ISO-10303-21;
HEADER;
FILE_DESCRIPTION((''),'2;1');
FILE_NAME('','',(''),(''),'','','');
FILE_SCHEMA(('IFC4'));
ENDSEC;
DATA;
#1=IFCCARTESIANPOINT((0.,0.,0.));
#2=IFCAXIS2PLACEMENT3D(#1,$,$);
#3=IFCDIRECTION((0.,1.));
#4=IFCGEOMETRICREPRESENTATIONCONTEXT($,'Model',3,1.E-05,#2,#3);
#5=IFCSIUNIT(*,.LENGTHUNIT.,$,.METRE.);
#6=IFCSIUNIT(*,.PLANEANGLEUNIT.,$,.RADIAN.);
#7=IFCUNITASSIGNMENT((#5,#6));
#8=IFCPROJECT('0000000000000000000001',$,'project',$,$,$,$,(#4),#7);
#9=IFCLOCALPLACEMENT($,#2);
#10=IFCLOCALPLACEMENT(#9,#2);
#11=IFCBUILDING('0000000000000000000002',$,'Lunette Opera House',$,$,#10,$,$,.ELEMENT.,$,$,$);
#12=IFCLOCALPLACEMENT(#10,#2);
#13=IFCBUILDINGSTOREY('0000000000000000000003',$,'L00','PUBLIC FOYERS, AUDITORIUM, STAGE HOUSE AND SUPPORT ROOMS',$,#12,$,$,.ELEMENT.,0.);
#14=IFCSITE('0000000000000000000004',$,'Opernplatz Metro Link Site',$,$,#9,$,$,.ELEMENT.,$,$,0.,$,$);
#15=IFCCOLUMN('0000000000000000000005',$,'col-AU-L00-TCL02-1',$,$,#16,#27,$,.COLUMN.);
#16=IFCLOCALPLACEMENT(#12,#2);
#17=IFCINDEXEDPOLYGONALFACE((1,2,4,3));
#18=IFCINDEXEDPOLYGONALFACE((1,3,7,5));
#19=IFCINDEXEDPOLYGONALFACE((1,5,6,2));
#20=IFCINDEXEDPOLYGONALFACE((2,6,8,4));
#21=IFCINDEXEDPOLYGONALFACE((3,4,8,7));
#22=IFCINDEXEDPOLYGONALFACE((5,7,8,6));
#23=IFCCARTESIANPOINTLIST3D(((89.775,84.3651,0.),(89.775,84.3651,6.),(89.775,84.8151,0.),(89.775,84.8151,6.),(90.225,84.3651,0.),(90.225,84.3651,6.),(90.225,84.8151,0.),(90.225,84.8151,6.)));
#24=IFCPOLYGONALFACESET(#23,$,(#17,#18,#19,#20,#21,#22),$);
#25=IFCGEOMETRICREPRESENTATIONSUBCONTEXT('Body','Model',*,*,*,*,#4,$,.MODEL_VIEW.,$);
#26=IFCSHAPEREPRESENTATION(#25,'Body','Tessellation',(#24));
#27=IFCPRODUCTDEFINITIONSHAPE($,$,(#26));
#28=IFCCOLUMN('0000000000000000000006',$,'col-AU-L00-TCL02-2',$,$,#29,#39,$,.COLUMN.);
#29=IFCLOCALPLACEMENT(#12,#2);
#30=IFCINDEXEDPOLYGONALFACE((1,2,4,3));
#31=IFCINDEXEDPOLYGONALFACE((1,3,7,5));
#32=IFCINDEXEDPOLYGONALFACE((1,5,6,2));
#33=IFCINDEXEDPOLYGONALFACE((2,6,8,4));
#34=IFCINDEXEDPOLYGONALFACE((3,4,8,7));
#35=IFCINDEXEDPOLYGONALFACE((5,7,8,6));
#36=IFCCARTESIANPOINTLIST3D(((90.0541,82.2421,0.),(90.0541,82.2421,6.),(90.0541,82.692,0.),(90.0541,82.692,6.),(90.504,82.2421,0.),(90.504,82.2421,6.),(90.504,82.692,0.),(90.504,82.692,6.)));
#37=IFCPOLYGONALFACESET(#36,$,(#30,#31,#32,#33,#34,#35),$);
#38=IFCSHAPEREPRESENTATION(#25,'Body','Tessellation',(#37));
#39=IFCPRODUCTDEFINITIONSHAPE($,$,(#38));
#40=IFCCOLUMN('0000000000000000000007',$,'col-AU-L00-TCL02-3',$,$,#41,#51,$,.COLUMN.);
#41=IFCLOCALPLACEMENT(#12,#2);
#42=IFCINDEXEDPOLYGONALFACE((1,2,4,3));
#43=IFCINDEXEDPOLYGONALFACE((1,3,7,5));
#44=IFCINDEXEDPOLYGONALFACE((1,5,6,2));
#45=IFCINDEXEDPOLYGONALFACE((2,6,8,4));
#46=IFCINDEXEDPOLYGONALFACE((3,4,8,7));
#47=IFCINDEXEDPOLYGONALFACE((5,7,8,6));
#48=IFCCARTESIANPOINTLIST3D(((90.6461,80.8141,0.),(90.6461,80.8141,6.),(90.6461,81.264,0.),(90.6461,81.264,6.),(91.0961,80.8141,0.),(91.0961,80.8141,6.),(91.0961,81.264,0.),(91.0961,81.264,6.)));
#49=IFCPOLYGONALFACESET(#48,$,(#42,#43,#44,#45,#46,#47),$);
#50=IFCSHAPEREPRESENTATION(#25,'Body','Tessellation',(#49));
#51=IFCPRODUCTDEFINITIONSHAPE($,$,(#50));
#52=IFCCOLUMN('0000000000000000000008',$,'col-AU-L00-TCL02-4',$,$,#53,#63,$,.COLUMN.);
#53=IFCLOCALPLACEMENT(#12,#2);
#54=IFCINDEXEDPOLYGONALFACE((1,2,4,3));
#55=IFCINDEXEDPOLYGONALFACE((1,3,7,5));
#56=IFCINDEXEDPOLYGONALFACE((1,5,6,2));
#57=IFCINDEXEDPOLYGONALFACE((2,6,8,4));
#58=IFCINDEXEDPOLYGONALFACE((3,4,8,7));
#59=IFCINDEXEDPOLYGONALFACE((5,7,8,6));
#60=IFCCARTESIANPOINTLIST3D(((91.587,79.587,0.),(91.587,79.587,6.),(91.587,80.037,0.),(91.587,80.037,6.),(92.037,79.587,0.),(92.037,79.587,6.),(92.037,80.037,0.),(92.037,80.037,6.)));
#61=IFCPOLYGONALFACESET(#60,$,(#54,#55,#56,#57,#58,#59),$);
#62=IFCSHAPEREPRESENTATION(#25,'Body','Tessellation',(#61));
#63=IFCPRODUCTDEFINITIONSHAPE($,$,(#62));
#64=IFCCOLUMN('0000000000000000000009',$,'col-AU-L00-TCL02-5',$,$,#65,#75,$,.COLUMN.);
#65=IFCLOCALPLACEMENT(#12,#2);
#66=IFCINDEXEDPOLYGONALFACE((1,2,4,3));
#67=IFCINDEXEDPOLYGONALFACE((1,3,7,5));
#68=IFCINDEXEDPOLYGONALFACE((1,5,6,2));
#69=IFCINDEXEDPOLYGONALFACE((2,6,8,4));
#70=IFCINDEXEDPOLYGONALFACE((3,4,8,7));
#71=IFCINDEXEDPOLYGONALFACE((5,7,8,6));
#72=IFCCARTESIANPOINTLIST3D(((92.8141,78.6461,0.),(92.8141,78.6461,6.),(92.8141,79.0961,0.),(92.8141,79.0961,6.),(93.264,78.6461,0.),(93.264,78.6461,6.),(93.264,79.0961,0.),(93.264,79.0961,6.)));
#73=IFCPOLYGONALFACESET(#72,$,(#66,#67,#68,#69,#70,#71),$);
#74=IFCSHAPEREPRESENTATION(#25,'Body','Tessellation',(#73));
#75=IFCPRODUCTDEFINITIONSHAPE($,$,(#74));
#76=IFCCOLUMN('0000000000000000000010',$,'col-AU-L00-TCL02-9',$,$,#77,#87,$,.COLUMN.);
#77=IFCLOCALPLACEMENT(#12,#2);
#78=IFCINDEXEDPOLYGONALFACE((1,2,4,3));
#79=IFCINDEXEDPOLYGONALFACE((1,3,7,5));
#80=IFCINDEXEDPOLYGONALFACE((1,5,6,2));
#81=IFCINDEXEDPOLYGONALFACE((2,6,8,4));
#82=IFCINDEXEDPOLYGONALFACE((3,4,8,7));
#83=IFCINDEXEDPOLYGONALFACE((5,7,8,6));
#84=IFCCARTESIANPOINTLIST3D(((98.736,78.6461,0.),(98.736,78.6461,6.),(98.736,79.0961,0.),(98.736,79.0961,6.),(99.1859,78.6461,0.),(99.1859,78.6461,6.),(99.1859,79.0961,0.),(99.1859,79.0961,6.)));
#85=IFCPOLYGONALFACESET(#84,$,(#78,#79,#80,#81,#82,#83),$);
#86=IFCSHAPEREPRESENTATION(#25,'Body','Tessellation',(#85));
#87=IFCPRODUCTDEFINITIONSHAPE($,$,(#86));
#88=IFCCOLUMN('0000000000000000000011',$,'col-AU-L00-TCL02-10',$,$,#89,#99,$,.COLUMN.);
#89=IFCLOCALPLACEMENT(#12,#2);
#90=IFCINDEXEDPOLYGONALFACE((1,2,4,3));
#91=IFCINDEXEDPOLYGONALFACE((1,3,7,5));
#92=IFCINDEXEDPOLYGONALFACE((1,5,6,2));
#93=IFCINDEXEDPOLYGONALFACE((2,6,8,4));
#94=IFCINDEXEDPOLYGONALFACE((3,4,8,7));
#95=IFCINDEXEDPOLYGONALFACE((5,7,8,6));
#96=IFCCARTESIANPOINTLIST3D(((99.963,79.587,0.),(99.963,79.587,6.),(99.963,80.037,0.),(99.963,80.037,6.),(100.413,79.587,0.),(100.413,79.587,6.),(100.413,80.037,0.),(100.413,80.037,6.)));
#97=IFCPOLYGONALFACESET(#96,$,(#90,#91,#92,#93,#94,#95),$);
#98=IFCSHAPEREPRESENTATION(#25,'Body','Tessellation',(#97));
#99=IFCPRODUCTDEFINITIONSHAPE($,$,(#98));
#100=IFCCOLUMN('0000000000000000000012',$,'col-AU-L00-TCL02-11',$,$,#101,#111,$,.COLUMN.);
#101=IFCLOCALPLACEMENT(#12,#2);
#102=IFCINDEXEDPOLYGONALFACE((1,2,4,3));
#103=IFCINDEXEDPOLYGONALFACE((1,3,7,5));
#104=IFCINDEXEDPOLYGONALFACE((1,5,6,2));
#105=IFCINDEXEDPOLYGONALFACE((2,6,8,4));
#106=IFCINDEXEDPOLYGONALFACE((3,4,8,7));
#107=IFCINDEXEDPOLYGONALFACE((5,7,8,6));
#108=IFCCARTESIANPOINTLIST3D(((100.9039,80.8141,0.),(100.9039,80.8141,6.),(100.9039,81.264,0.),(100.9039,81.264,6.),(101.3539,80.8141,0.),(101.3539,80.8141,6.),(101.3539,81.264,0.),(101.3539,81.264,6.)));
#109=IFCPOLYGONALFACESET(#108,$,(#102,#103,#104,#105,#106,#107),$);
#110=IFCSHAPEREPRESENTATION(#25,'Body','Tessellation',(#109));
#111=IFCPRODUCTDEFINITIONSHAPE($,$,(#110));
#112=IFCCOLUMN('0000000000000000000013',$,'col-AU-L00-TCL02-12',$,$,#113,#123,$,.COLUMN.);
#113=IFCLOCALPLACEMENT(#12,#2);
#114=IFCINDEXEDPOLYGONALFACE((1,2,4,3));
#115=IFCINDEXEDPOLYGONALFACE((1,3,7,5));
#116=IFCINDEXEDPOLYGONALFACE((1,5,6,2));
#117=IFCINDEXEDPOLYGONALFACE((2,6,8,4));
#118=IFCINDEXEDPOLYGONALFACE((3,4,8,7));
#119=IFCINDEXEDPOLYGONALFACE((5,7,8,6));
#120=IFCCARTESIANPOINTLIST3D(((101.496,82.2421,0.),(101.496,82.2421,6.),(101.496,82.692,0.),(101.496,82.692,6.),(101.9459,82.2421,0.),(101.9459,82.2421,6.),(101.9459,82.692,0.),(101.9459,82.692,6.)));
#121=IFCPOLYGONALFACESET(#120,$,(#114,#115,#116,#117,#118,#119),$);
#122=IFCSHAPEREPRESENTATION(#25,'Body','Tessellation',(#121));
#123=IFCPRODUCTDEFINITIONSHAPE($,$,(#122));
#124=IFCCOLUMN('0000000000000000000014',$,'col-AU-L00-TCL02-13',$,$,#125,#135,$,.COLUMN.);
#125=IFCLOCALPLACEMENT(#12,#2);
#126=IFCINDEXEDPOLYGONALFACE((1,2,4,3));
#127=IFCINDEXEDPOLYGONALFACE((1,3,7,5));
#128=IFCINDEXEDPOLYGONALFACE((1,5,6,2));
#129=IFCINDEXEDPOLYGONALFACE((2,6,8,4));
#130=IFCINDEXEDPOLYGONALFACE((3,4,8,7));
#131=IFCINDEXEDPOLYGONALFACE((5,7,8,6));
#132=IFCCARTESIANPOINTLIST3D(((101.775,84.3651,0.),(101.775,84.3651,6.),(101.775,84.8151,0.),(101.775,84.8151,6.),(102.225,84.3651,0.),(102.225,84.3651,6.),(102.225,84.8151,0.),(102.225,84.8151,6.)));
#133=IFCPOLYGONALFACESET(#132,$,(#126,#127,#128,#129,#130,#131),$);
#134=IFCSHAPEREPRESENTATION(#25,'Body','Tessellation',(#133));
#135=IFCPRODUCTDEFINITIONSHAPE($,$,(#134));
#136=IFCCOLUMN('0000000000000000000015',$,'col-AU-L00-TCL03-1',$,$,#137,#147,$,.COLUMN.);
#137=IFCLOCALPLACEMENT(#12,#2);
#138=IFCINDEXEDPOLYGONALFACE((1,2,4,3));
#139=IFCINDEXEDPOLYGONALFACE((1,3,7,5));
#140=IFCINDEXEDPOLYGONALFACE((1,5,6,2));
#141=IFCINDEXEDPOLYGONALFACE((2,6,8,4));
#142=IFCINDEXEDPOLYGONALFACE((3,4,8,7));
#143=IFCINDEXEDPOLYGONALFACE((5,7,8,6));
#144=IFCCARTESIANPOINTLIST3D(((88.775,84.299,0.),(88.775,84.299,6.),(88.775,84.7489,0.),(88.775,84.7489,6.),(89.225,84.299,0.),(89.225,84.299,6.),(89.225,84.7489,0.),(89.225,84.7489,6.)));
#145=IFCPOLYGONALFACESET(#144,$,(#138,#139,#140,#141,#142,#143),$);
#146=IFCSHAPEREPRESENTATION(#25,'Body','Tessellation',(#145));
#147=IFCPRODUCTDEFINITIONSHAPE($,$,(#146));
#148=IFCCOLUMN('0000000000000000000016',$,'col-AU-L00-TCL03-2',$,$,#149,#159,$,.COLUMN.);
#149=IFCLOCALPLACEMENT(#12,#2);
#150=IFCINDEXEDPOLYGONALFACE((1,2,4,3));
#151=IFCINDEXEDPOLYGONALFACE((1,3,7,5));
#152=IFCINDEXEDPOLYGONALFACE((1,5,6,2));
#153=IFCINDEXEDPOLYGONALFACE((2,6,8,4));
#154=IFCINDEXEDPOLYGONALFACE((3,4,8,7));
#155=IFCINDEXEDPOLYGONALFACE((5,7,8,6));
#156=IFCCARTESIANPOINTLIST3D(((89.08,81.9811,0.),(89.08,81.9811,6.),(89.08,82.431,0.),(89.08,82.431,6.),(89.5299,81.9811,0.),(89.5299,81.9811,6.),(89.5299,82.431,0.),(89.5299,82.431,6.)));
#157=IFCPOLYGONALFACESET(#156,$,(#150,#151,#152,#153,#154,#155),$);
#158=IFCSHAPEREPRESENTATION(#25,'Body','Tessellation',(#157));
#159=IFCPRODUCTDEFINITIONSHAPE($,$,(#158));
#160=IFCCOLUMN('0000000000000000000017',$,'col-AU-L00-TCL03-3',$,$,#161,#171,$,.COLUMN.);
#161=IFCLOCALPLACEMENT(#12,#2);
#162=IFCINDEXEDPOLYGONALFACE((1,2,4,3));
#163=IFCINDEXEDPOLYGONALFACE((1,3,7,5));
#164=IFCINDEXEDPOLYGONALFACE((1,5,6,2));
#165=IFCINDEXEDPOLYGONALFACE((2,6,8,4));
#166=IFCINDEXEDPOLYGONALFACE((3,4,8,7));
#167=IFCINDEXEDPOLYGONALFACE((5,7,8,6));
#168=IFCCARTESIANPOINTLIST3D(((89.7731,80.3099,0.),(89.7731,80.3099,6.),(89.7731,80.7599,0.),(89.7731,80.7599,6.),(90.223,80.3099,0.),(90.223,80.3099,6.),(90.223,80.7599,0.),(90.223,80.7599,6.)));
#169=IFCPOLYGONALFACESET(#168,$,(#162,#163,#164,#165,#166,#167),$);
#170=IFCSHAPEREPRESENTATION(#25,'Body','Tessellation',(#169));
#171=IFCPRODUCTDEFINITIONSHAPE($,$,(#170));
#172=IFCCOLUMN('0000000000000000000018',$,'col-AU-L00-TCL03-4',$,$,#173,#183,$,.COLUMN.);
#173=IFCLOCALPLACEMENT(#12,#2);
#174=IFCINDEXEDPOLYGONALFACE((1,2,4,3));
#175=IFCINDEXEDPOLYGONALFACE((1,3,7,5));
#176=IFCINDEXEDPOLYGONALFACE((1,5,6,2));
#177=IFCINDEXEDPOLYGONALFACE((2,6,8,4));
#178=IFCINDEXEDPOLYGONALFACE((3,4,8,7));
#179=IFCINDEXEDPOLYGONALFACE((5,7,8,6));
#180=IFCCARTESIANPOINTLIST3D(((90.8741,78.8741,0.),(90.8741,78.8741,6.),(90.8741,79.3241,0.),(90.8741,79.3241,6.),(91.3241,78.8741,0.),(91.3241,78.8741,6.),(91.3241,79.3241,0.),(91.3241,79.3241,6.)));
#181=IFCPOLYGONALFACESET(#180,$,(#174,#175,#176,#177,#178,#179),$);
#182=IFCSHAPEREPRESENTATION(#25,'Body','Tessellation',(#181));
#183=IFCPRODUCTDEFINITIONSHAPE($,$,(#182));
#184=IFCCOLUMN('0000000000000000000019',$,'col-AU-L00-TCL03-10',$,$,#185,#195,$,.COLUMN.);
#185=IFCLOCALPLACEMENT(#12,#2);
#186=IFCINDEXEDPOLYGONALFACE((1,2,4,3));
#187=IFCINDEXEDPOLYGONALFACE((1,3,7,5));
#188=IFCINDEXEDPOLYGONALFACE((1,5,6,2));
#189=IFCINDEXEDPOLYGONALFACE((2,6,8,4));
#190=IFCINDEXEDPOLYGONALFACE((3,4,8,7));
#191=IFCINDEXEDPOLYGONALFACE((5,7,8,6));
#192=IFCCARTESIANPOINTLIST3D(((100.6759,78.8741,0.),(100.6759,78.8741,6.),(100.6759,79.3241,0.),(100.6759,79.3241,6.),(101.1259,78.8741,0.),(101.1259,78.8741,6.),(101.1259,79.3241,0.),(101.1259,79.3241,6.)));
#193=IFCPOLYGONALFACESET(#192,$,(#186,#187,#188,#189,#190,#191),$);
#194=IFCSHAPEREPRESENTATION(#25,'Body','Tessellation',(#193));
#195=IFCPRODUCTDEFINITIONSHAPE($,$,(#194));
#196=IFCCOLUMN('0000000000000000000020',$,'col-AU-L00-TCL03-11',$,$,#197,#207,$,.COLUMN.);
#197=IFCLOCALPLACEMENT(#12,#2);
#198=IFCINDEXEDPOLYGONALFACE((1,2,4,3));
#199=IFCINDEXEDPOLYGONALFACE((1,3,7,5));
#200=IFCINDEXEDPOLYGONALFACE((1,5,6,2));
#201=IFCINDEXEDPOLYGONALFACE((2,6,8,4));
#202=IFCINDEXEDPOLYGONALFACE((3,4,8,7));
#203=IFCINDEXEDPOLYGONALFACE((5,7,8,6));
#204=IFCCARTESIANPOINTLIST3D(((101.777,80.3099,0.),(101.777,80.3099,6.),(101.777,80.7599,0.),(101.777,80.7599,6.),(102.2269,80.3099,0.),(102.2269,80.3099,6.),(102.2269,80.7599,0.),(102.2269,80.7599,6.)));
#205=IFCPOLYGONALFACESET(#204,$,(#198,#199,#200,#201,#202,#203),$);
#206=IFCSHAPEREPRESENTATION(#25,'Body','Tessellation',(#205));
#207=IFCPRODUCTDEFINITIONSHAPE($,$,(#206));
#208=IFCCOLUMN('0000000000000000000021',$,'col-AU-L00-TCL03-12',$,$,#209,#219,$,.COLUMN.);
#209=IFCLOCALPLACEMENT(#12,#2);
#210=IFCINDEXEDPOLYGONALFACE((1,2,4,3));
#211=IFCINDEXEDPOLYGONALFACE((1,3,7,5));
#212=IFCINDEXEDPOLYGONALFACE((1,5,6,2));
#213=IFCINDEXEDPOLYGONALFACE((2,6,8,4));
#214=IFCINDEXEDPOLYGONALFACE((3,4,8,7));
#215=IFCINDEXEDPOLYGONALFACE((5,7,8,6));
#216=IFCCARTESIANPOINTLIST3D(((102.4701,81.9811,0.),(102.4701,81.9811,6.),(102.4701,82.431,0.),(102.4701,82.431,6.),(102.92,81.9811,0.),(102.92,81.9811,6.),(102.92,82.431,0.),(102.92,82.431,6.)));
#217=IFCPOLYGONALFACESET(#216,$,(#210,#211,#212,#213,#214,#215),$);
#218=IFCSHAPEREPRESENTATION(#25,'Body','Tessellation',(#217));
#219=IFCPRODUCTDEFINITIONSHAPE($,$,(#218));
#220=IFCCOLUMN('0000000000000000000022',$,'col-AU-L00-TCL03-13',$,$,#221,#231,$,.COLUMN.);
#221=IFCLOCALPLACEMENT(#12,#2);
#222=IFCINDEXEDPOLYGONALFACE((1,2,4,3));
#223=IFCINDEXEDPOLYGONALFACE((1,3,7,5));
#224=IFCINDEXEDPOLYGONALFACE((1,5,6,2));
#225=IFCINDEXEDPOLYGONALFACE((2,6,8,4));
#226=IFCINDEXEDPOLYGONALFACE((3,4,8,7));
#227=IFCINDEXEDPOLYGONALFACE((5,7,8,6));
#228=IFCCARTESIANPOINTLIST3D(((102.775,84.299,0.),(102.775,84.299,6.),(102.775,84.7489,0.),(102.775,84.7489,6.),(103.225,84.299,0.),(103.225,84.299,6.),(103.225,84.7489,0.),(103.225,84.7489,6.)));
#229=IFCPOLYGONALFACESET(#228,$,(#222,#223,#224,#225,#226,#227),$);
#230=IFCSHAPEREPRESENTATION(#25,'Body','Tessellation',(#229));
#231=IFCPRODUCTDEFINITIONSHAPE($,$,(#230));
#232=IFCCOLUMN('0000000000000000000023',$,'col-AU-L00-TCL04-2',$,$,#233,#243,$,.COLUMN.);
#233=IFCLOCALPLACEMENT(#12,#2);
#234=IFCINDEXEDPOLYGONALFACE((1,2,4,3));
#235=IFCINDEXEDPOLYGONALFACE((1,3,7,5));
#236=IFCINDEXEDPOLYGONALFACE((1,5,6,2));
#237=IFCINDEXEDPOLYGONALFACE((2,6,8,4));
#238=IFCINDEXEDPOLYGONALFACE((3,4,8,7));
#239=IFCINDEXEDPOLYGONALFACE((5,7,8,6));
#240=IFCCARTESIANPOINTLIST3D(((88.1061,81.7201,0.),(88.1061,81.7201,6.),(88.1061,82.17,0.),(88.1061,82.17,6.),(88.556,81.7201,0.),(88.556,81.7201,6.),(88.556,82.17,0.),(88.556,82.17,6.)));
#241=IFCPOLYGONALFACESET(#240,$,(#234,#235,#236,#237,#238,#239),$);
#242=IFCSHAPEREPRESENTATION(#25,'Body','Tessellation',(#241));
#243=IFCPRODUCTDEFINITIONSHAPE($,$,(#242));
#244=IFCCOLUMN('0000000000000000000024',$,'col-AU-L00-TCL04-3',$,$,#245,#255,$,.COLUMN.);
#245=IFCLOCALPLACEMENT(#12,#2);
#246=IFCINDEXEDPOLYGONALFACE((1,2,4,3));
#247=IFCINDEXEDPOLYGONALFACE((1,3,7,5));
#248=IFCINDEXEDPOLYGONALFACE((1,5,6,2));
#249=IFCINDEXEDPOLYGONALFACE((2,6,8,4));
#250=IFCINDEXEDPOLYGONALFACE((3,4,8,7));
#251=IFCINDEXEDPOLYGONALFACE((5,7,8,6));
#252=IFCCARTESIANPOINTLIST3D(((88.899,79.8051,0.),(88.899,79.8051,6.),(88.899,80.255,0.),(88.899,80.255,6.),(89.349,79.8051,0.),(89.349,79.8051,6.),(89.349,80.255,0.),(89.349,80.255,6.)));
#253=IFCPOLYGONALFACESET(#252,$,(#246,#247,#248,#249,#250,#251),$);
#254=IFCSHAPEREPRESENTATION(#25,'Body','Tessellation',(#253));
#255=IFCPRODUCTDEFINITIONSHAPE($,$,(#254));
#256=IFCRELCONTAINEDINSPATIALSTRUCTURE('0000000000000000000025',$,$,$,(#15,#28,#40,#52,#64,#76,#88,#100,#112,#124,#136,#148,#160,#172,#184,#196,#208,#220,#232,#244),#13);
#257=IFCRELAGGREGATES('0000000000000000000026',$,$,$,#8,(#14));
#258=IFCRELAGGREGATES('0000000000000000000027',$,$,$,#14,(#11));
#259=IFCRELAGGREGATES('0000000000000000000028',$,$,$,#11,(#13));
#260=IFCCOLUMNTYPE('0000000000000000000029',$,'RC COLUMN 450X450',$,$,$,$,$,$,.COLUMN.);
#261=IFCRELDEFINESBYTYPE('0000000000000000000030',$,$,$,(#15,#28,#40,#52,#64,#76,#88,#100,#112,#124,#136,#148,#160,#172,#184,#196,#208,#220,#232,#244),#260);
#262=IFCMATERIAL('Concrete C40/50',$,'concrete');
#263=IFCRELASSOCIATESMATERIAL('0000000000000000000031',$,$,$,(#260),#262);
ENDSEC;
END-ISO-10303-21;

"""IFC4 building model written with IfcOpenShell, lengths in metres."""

from ifc_helpers import new_model, si_unit, direction, frame, origin, origin_2d, place, context, subcontext, project, spatial, rectangle, extrude, material, material_profile, profile_set, type_object, element, save


model = new_model("IFC4")

# Units and contexts
model_context = context("Model", 3, precision=1e-05, world=origin(), true_north=direction((0.0, 1.0)))
body_context = subcontext(model_context, "Body", "Model", "MODEL_VIEW")
ifc_project = project(units=[si_unit("LENGTHUNIT", "METRE"), si_unit("PLANEANGLEUNIT", "RADIAN")], contexts=[model_context])

# Site, building, storey
site_placement = place(None, origin())
site = spatial("IfcSite", under=ifc_project, at=site_placement, Name="Opernplatz Metro Link Site", CompositionType="ELEMENT", RefElevation=0.0)
building_placement = place(site_placement, origin())
building = spatial("IfcBuilding", under=site, at=building_placement, Name="Lunette Opera House", CompositionType="ELEMENT")
storey_placement = place(building_placement, origin())
storey = spatial("IfcBuildingStorey", under=building, at=storey_placement, Name="L00", Description="PUBLIC FOYERS, AUDITORIUM, STAGE HOUSE AND SUPPORT ROOMS", CompositionType="ELEMENT", Elevation=0.0)

# Columns
ifc_material_1 = material(Name="Concrete C40/50", Category="concrete")
ifc_material_profile_1 = material_profile(ifc_material_1, rectangle(XDim=0.45, YDim=0.45, at=origin_2d()), Name="RC COLUMN 450X450")
ifc_profile_set_1 = profile_set([ifc_material_profile_1], Name="Concrete C40/50")
column_type = type_object("IfcColumnType", Name="RC COLUMN 450X450", PredefinedType="COLUMN", material=ifc_profile_set_1)
for number, where, z_axis, x_axis, name in (
    (1, (90.0, 84.5901, 0.0), (0.0, 0.0, 1.0), (1.0, 0.0, 0.0), "col-AU-L00-TCL02-1"),
    (2, (90.2791, 82.467, 0.0), (0.0, 0.0, 1.0), (1.0, 0.0, 0.0), "col-AU-L00-TCL02-2"),
    (3, (90.8711, 81.0391, 0.0), (0.0, 0.0, 1.0), (1.0, 0.0, 0.0), "col-AU-L00-TCL02-3"),
    (4, (91.812, 79.812, 0.0), (0.0, 0.0, 1.0), (1.0, 0.0, 0.0), "col-AU-L00-TCL02-4"),
    (5, (93.0391, 78.8711, 0.0), (0.0, 0.0, 1.0), (1.0, 0.0, 0.0), "col-AU-L00-TCL02-5"),
    (6, (98.9609, 78.8711, 0.0), (0.0, 0.0, 1.0), (1.0, 0.0, 0.0), "col-AU-L00-TCL02-9"),
    (7, (100.188, 79.812, 0.0), (0.0, 0.0, 1.0), (1.0, 0.0, 0.0), "col-AU-L00-TCL02-10"),
    (8, (101.1289, 81.0391, 0.0), (0.0, 0.0, 1.0), (1.0, 0.0, 0.0), "col-AU-L00-TCL02-11"),
    (9, (101.7209, 82.467, 0.0), (0.0, 0.0, 1.0), (1.0, 0.0, 0.0), "col-AU-L00-TCL02-12"),
    (10, (102.0, 84.5901, 0.0), (0.0, 0.0, 1.0), (1.0, 0.0, 0.0), "col-AU-L00-TCL02-13"),
    (11, (89.0, 84.5239, 0.0), (0.0, 0.0, 1.0), (1.0, 0.0, 0.0), "col-AU-L00-TCL03-1"),
    (12, (89.3049, 82.2061, 0.0), (0.0, 0.0, 1.0), (1.0, 0.0, 0.0), "col-AU-L00-TCL03-2"),
    (13, (89.998, 80.5349, 0.0), (0.0, 0.0, 1.0), (1.0, 0.0, 0.0), "col-AU-L00-TCL03-3"),
    (14, (91.0991, 79.0991, 0.0), (0.0, 0.0, 1.0), (1.0, 0.0, 0.0), "col-AU-L00-TCL03-4"),
    (15, (100.9009, 79.0991, 0.0), (0.0, 0.0, 1.0), (1.0, 0.0, 0.0), "col-AU-L00-TCL03-10"),
    (16, (102.002, 80.5349, 0.0), (0.0, 0.0, 1.0), (1.0, 0.0, 0.0), "col-AU-L00-TCL03-11"),
    (17, (102.6951, 82.2061, 0.0), (0.0, 0.0, 1.0), (1.0, 0.0, 0.0), "col-AU-L00-TCL03-12"),
    (18, (103.0, 84.5239, 0.0), (0.0, 0.0, 1.0), (1.0, 0.0, 0.0), "col-AU-L00-TCL03-13"),
    (19, (88.3311, 81.9451, 0.0), (0.0, 0.0, 1.0), (1.0, 0.0, 0.0), "col-AU-L00-TCL04-2"),
    (20, (89.124, 80.03, 0.0), (0.0, 0.0, 1.0), (1.0, 0.0, 0.0), "col-AU-L00-TCL04-3"),
):
    element("IfcColumn", number, at=place(storey_placement, frame(where, z_axis=z_axis, x_axis=x_axis)), inside=storey, type_object=column_type, Name=name, PredefinedType="COLUMN", context=body_context, shape_type="SweptSolid", body=[
        extrude(rectangle(XDim=0.45, YDim=0.45, at=origin_2d()), origin(), (0.0, 0.0, 1.0), 6.0),
    ])

save(model, "model.ifc")
